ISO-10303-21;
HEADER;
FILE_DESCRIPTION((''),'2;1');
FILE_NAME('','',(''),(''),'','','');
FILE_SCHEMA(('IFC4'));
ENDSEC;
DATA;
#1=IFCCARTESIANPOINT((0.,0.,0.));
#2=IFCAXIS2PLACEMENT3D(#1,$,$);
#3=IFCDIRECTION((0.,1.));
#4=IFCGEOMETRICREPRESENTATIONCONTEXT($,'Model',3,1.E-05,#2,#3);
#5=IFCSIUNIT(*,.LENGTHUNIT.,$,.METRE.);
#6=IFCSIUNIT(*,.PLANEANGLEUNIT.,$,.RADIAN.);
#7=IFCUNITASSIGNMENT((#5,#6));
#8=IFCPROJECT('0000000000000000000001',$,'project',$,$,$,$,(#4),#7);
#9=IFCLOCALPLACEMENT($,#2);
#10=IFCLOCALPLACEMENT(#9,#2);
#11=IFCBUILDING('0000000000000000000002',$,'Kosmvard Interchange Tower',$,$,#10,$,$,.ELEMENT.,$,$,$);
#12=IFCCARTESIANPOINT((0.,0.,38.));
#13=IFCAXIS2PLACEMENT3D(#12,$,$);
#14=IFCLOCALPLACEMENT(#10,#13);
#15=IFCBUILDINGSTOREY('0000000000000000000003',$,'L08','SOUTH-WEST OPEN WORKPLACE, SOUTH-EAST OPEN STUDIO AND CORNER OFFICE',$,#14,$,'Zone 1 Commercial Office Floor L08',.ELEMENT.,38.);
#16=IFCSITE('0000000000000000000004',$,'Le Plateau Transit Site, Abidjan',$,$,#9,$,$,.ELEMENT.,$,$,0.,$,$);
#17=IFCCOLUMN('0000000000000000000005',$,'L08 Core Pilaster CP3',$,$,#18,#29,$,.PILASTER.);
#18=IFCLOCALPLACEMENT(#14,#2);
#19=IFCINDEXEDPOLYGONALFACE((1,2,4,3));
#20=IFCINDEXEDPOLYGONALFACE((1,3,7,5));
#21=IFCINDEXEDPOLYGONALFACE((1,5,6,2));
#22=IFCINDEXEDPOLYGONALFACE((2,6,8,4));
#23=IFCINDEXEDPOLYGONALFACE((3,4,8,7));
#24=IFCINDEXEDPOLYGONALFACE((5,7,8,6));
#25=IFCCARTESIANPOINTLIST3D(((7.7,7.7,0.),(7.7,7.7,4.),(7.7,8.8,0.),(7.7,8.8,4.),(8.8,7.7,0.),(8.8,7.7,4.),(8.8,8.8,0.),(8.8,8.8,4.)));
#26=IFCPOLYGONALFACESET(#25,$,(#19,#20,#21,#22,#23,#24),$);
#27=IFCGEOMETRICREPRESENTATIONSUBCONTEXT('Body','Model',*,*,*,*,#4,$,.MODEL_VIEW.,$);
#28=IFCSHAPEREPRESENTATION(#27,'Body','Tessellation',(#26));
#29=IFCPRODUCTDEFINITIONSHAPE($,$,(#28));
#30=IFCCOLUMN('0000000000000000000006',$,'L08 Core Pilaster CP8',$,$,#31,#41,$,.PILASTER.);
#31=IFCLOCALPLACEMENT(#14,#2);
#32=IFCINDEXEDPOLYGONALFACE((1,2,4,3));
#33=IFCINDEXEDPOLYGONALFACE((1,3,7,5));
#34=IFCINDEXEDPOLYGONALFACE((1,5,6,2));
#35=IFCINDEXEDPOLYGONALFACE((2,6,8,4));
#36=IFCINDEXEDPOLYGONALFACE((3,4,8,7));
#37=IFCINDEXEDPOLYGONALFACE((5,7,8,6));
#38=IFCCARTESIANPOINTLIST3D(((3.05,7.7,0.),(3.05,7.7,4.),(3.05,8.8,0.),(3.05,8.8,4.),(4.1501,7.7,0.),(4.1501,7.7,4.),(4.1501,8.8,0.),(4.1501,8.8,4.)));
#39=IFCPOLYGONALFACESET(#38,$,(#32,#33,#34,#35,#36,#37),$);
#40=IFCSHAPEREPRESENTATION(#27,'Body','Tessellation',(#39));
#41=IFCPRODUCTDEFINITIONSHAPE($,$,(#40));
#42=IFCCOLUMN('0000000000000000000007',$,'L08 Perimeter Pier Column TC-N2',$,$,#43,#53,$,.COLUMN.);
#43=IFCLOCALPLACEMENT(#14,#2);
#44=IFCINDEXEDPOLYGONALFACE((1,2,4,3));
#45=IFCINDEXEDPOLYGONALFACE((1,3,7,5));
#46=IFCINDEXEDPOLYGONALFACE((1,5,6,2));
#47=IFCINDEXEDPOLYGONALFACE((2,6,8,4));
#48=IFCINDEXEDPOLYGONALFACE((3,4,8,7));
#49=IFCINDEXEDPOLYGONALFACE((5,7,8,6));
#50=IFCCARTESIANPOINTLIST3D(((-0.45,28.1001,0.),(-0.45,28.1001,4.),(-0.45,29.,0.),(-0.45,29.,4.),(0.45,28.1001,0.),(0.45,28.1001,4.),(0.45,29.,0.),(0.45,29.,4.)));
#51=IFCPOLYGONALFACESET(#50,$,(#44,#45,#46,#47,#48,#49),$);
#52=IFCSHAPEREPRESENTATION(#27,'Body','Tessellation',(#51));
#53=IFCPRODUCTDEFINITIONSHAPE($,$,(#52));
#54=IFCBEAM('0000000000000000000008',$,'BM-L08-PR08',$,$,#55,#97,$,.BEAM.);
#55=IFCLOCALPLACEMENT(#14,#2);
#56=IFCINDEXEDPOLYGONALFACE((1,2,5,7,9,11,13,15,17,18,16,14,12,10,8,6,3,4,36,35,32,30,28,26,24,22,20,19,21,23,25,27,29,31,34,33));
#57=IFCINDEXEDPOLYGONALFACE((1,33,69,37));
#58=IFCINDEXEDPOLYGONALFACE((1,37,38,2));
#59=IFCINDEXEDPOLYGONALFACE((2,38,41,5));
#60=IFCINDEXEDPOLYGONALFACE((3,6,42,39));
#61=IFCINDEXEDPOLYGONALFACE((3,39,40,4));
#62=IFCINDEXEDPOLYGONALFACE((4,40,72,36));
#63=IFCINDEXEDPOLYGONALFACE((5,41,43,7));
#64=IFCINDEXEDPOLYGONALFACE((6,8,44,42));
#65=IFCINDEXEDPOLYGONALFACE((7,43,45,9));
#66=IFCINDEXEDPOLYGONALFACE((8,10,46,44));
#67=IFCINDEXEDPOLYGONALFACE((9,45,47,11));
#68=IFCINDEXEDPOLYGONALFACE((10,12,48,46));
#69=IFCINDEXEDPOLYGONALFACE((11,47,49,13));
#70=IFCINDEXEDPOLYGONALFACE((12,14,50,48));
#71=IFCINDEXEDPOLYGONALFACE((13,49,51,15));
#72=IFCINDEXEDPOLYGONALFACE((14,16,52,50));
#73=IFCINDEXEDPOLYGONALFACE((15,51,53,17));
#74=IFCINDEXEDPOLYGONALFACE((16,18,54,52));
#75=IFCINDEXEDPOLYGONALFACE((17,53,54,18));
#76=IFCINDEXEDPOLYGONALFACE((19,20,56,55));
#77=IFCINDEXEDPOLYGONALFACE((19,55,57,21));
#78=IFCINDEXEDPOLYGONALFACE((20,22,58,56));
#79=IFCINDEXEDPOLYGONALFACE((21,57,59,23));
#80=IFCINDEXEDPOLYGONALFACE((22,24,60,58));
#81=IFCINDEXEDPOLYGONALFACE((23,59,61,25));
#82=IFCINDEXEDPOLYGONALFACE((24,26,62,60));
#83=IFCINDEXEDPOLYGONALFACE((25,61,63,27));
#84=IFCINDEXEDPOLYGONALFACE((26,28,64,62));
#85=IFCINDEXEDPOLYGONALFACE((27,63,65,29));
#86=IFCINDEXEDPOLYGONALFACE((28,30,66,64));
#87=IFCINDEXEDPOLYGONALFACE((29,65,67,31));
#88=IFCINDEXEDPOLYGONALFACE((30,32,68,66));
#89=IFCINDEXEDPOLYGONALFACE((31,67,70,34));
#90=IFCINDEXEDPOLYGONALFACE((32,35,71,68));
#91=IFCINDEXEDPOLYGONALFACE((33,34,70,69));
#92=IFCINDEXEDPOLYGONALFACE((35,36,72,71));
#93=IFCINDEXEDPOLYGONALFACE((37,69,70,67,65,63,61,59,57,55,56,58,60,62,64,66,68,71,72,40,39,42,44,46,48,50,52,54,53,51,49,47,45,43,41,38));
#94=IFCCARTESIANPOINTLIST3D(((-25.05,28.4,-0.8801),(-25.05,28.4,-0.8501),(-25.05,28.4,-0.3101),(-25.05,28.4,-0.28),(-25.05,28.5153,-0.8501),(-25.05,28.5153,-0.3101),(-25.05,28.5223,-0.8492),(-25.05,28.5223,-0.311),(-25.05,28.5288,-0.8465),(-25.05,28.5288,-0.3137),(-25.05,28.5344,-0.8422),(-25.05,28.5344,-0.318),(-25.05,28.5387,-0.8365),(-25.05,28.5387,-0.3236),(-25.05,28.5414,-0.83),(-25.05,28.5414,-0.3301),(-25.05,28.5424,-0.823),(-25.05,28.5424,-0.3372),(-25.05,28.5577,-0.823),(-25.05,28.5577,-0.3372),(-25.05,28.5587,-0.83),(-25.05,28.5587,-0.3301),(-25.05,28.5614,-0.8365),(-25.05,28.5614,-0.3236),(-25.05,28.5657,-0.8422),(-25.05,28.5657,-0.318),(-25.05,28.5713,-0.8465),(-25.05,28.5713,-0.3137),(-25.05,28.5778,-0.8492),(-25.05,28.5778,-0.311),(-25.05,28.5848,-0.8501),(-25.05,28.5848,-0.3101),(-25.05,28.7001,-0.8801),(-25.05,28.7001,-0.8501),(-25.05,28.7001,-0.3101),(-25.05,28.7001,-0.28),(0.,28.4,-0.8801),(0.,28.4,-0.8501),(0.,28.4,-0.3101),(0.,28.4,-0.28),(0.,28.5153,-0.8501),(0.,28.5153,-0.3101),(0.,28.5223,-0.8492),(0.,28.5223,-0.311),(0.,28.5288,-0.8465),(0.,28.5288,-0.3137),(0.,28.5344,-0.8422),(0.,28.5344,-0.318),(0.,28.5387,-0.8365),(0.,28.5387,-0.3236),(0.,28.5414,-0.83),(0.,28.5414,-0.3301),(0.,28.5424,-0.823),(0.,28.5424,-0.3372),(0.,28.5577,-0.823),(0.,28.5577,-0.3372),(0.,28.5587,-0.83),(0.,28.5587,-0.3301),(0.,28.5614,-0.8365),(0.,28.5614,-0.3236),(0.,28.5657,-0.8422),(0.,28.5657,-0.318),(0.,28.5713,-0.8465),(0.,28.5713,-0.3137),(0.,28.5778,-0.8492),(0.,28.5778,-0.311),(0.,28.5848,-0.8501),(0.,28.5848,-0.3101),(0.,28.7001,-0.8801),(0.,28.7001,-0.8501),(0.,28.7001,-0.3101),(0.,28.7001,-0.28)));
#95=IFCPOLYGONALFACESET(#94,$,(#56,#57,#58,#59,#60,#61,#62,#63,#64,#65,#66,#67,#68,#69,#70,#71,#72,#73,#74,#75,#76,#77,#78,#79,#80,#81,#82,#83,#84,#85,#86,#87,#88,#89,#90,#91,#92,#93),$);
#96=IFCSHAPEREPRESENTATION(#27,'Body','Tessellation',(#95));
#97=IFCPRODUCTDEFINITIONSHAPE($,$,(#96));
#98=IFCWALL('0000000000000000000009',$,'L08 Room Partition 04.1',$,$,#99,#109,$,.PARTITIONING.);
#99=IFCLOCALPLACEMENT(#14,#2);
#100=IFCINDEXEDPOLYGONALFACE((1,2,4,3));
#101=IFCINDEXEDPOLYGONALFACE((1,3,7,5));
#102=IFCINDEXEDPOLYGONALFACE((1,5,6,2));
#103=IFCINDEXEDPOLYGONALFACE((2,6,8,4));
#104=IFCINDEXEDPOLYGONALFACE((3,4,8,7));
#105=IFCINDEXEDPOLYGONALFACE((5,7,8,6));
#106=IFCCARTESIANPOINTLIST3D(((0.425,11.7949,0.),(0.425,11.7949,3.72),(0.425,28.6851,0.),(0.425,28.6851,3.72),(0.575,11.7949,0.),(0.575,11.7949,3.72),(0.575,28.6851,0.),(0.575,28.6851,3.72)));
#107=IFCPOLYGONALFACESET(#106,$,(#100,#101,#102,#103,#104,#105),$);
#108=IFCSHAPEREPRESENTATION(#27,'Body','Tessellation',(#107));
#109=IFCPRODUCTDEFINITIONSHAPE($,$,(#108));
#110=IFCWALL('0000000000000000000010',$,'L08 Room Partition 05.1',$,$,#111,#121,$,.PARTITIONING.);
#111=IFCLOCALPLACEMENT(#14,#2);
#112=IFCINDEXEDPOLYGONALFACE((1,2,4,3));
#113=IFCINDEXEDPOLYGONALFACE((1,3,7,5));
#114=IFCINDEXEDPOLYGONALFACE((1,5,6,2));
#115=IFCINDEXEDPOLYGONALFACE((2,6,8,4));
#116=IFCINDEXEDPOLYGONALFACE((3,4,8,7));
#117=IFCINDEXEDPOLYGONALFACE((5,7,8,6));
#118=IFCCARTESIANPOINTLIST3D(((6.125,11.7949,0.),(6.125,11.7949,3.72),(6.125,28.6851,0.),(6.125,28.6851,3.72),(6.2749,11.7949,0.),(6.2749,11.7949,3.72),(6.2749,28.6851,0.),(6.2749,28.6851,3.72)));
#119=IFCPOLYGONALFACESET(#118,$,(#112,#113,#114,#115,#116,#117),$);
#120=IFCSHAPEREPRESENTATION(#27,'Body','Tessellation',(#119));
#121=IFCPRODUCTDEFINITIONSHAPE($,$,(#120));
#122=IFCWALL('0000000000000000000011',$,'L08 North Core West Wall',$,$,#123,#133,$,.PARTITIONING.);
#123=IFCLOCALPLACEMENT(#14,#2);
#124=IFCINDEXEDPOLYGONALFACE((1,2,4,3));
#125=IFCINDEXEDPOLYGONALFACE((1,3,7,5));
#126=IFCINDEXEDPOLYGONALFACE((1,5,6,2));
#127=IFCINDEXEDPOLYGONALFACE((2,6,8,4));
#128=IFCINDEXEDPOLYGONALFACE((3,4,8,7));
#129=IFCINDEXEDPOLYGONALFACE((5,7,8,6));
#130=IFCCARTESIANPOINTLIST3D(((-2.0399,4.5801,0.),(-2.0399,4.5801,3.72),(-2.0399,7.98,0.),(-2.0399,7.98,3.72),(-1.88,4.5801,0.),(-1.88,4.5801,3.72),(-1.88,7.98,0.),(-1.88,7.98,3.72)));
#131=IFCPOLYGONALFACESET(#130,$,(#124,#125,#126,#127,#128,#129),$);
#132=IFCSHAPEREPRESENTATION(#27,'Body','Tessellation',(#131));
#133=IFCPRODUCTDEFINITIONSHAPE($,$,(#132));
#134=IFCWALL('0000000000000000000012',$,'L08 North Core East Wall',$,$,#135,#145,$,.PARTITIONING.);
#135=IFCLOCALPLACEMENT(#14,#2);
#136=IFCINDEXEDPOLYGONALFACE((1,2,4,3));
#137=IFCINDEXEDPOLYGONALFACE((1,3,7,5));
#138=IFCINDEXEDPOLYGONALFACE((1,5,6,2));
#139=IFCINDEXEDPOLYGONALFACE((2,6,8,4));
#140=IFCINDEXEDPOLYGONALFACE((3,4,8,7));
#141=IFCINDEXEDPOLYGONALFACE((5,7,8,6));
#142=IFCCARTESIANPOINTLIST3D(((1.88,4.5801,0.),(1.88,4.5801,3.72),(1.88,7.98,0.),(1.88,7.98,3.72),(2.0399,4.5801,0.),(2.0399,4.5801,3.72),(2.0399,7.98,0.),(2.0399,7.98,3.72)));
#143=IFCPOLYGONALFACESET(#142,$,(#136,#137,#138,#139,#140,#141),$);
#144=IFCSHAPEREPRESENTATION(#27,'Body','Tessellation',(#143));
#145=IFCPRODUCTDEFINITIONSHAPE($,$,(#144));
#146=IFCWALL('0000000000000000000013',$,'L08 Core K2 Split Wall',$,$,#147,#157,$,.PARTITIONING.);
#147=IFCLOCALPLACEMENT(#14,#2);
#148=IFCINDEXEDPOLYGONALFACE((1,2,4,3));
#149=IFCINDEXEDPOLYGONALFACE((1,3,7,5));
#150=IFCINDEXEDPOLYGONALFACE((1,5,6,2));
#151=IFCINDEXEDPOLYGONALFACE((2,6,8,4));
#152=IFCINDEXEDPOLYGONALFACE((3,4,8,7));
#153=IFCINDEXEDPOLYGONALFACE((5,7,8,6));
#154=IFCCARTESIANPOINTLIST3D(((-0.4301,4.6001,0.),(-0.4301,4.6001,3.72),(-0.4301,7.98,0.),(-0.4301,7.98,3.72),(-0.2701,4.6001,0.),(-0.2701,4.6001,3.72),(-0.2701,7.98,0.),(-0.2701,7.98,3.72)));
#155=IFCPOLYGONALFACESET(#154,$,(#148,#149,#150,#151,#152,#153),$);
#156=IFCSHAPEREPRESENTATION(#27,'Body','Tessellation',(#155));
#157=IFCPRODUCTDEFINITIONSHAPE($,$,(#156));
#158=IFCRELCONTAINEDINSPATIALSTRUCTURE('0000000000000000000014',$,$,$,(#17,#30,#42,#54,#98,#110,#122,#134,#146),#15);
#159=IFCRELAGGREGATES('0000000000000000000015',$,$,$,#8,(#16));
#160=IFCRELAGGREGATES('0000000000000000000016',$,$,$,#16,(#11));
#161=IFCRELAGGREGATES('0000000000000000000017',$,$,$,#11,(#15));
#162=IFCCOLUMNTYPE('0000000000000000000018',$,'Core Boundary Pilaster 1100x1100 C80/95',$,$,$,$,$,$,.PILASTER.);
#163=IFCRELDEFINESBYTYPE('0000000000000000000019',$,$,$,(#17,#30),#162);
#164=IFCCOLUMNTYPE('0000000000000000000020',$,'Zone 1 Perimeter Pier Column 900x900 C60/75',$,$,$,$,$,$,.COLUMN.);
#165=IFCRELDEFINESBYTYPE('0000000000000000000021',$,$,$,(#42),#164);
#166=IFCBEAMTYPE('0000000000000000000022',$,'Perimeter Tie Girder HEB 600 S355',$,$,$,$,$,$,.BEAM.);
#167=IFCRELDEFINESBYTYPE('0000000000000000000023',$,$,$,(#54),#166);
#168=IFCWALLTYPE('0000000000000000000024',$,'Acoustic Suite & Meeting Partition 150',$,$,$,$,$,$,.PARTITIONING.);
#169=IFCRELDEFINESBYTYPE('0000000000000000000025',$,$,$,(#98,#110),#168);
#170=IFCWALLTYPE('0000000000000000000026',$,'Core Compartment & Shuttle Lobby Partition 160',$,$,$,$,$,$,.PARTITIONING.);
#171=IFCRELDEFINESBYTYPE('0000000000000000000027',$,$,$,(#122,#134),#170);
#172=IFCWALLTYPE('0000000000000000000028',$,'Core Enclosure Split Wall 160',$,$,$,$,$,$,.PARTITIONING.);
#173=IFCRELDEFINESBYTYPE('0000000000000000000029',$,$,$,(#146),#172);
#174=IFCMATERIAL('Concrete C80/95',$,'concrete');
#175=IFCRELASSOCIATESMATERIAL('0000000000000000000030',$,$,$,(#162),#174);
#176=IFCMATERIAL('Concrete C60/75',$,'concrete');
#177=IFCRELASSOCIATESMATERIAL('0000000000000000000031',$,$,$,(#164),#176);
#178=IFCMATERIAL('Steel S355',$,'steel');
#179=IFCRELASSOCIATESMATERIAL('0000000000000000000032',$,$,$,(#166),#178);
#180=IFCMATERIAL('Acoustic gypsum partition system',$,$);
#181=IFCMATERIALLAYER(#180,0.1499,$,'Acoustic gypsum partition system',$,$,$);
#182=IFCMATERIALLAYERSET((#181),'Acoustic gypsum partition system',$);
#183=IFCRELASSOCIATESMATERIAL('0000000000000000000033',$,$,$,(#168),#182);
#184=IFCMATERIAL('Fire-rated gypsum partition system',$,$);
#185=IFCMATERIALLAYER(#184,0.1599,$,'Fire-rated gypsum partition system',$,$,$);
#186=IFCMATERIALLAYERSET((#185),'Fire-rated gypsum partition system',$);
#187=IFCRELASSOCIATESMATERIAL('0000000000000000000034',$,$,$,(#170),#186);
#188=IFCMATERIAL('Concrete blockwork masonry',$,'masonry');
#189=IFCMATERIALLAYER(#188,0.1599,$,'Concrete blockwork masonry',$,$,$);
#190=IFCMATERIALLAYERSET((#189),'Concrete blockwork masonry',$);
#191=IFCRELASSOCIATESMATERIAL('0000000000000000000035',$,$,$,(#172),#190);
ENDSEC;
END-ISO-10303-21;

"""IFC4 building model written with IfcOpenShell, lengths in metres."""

from ifc_helpers import new_model, si_unit, direction, frame, frame_2d, origin, origin_2d, place, context, subcontext, project, spatial, rectangle, i_section, extrude, source, transform, mapped, material, layer, layer_set, material_profile, profile_set, type_object, element, save


model = new_model("IFC4")

# Units and contexts
model_context = context("Model", 3, precision=1e-05, world=origin(), true_north=direction((0.0, 1.0)))
body_context = subcontext(model_context, "Body", "Model", "MODEL_VIEW")
ifc_project = project(units=[si_unit("LENGTHUNIT", "METRE"), si_unit("PLANEANGLEUNIT", "RADIAN")], contexts=[model_context])

# Site, building, storey
site_placement = place(None, origin())
site = spatial("IfcSite", under=ifc_project, at=site_placement, Name="Le Plateau Transit Site, Abidjan", CompositionType="ELEMENT", RefElevation=0.0)
building_placement = place(site_placement, origin())
building = spatial("IfcBuilding", under=site, at=building_placement, Name="Kosmvard Interchange Tower", CompositionType="ELEMENT")
storey_placement = place(building_placement, frame((0.0, 0.0, 38.0)))
storey = spatial("IfcBuildingStorey", under=building, at=storey_placement, Name="L08", Description="SOUTH-WEST OPEN WORKPLACE, SOUTH-EAST OPEN STUDIO AND CORNER OFFICE", LongName="Zone 1 Commercial Office Floor L08", CompositionType="ELEMENT", Elevation=38.0)

# Columns
ifc_material_1 = material(Name="Concrete C80/95", Category="concrete")
ifc_material_profile_1 = material_profile(ifc_material_1, rectangle(XDim=1.1001, YDim=1.1001, at=origin_2d()), Name="CP 1100x1100")
ifc_profile_set_1 = profile_set([ifc_material_profile_1], Name="Concrete C80/95")
column_type_1 = type_object("IfcColumnType", Name="Core Boundary Pilaster 1100x1100 C80/95", PredefinedType="PILASTER", material=ifc_profile_set_1)
shared_shape_1 = source(origin(), body_context, "Body", "SweptSolid", [
    extrude(rectangle(XDim=1.1001, YDim=1.1001, at=origin_2d()), origin(), (0.0, 0.0, 1.0), 4.0),
])
for number, where, z_axis, x_axis, name in (
    (1, (8.25, 8.25, 0.0), (0.0, 0.0, 1.0), (1.0, 0.0, 0.0), "L08 Core Pilaster CP3"),
    (2, (3.6001, 8.25, 0.0), (0.0, 0.0, 1.0), (1.0, 0.0, 0.0), "L08 Core Pilaster CP8"),
):
    element("IfcColumn", number, at=place(storey_placement, frame(where, z_axis=z_axis, x_axis=x_axis)), inside=storey, type_object=column_type_1, Name=name, PredefinedType="PILASTER", context=body_context, shape_type="MappedRepresentation", body=[
        mapped(shared_shape_1, transform((0.0, 0.0, 0.0), scale=1.0)),
    ])
ifc_material_2 = material(Name="Concrete C60/75", Category="concrete")
ifc_material_profile_2 = material_profile(ifc_material_2, rectangle(XDim=0.8999, YDim=0.8999, at=origin_2d()), Name="TC 900x900")
ifc_profile_set_2 = profile_set([ifc_material_profile_2], Name="Concrete C60/75")
column_type_2 = type_object("IfcColumnType", Name="Zone 1 Perimeter Pier Column 900x900 C60/75", PredefinedType="COLUMN", material=ifc_profile_set_2)
shared_shape_2 = source(origin(), body_context, "Body", "SweptSolid", [
    extrude(rectangle(XDim=0.8999, YDim=0.8999, at=origin_2d()), origin(), (0.0, 0.0, 1.0), 4.0),
])
column_placement = place(storey_placement, frame((0.0, 28.55, 0.0), z_axis=(0.0, 0.0, 1.0), x_axis=(1.0, 0.0, 0.0)))
element("IfcColumn", 3, at=column_placement, inside=storey, type_object=column_type_2, Name="L08 Perimeter Pier Column TC-N2", PredefinedType="COLUMN", context=body_context, shape_type="MappedRepresentation", body=[
    mapped(shared_shape_2, transform((0.0, 0.0, 0.0), scale=1.0)),
])

# Beam
ifc_material_3 = material(Name="Steel S355", Category="steel")
ifc_material_profile_3 = material_profile(ifc_material_3, i_section(OverallWidth=0.3, OverallDepth=0.6001, WebThickness=0.0154, FlangeThickness=0.03, FilletRadius=0.0271, at=origin_2d()), Name="HEB 600")
ifc_profile_set_3 = profile_set([ifc_material_profile_3], Name="Steel S355")
beam_type = type_object("IfcBeamType", Name="Perimeter Tie Girder HEB 600 S355", PredefinedType="BEAM", material=ifc_profile_set_3)
shared_shape_3 = source(origin(), body_context, "Body", "SweptSolid", [
    extrude(i_section(OverallWidth=0.3, OverallDepth=0.6001, WebThickness=0.0154, FlangeThickness=0.03, FilletRadius=0.0271, at=origin_2d()), origin(), (0.0, 0.0, 1.0), 25.05),
])
beam_placement = place(storey_placement, frame((0.0, 28.55, -0.5801), z_axis=(-1.0, 0.0, 0.0), x_axis=(0.0, -1.0, 0.0)))
element("IfcBeam", 4, at=beam_placement, inside=storey, type_object=beam_type, Name="BM-L08-PR08", PredefinedType="BEAM", context=body_context, shape_type="MappedRepresentation", body=[
    mapped(shared_shape_3, transform((0.0, 0.0, 0.0), scale=1.0)),
])

# Walls
ifc_material_4 = material(Name="Acoustic gypsum partition system")
ifc_layer_1 = layer(ifc_material_4, 0.1499, Name="Acoustic gypsum partition system")
ifc_layer_set_1 = layer_set([ifc_layer_1], Name="Acoustic gypsum partition system")
wall_type_1 = type_object("IfcWallType", Name="Acoustic Suite & Meeting Partition 150", PredefinedType="PARTITIONING", material=ifc_layer_set_1)
for number, where, z_axis, x_axis, name in (
    (5, (0.5, 11.7949, 0.0), (0.0, 0.0, 1.0), (0.0, 1.0, 0.0), "L08 Room Partition 04.1"),
    (6, (6.2, 11.7949, 0.0), (0.0, 0.0, 1.0), (0.0, 1.0, 0.0), "L08 Room Partition 05.1"),
):
    element("IfcWall", number, at=place(storey_placement, frame(where, z_axis=z_axis, x_axis=x_axis)), inside=storey, type_object=wall_type_1, Name=name, PredefinedType="PARTITIONING", context=body_context, shape_type="SweptSolid", body=[
        extrude(rectangle(XDim=16.8901, YDim=0.1499, at=frame_2d((8.4451, 0.0))), origin(), (0.0, 0.0, 1.0), 3.72),
    ])
ifc_material_5 = material(Name="Fire-rated gypsum partition system")
ifc_layer_2 = layer(ifc_material_5, 0.1599, Name="Fire-rated gypsum partition system")
ifc_layer_set_2 = layer_set([ifc_layer_2], Name="Fire-rated gypsum partition system")
wall_type_2 = type_object("IfcWallType", Name="Core Compartment & Shuttle Lobby Partition 160", PredefinedType="PARTITIONING", material=ifc_layer_set_2)
for number, where, z_axis, x_axis, name in (
    (7, (-1.96, 4.5801, 0.0), (0.0, 0.0, 1.0), (0.0, 1.0, 0.0), "L08 North Core West Wall"),
    (8, (1.96, 4.5801, 0.0), (0.0, 0.0, 1.0), (0.0, 1.0, 0.0), "L08 North Core East Wall"),
):
    element("IfcWall", number, at=place(storey_placement, frame(where, z_axis=z_axis, x_axis=x_axis)), inside=storey, type_object=wall_type_2, Name=name, PredefinedType="PARTITIONING", context=body_context, shape_type="SweptSolid", body=[
        extrude(rectangle(XDim=3.3999, YDim=0.1599, at=frame_2d((1.7, 0.0))), origin(), (0.0, 0.0, 1.0), 3.72),
    ])
ifc_material_6 = material(Name="Concrete blockwork masonry", Category="masonry")
ifc_layer_3 = layer(ifc_material_6, 0.1599, Name="Concrete blockwork masonry")
ifc_layer_set_3 = layer_set([ifc_layer_3], Name="Concrete blockwork masonry")
wall_type_3 = type_object("IfcWallType", Name="Core Enclosure Split Wall 160", PredefinedType="PARTITIONING", material=ifc_layer_set_3)
wall_1_placement = place(storey_placement, frame((-0.3501, 4.6001, 0.0), z_axis=(0.0, 0.0, 1.0), x_axis=(0.0, 1.0, 0.0)))
element("IfcWall", 9, at=wall_1_placement, inside=storey, type_object=wall_type_3, Name="L08 Core K2 Split Wall", PredefinedType="PARTITIONING", context=body_context, shape_type="SweptSolid", body=[
    extrude(rectangle(XDim=3.3799, YDim=0.1599, at=frame_2d((1.6899, 0.0))), origin(), (0.0, 0.0, 1.0), 3.72),
])

save(model, "model.ifc")
